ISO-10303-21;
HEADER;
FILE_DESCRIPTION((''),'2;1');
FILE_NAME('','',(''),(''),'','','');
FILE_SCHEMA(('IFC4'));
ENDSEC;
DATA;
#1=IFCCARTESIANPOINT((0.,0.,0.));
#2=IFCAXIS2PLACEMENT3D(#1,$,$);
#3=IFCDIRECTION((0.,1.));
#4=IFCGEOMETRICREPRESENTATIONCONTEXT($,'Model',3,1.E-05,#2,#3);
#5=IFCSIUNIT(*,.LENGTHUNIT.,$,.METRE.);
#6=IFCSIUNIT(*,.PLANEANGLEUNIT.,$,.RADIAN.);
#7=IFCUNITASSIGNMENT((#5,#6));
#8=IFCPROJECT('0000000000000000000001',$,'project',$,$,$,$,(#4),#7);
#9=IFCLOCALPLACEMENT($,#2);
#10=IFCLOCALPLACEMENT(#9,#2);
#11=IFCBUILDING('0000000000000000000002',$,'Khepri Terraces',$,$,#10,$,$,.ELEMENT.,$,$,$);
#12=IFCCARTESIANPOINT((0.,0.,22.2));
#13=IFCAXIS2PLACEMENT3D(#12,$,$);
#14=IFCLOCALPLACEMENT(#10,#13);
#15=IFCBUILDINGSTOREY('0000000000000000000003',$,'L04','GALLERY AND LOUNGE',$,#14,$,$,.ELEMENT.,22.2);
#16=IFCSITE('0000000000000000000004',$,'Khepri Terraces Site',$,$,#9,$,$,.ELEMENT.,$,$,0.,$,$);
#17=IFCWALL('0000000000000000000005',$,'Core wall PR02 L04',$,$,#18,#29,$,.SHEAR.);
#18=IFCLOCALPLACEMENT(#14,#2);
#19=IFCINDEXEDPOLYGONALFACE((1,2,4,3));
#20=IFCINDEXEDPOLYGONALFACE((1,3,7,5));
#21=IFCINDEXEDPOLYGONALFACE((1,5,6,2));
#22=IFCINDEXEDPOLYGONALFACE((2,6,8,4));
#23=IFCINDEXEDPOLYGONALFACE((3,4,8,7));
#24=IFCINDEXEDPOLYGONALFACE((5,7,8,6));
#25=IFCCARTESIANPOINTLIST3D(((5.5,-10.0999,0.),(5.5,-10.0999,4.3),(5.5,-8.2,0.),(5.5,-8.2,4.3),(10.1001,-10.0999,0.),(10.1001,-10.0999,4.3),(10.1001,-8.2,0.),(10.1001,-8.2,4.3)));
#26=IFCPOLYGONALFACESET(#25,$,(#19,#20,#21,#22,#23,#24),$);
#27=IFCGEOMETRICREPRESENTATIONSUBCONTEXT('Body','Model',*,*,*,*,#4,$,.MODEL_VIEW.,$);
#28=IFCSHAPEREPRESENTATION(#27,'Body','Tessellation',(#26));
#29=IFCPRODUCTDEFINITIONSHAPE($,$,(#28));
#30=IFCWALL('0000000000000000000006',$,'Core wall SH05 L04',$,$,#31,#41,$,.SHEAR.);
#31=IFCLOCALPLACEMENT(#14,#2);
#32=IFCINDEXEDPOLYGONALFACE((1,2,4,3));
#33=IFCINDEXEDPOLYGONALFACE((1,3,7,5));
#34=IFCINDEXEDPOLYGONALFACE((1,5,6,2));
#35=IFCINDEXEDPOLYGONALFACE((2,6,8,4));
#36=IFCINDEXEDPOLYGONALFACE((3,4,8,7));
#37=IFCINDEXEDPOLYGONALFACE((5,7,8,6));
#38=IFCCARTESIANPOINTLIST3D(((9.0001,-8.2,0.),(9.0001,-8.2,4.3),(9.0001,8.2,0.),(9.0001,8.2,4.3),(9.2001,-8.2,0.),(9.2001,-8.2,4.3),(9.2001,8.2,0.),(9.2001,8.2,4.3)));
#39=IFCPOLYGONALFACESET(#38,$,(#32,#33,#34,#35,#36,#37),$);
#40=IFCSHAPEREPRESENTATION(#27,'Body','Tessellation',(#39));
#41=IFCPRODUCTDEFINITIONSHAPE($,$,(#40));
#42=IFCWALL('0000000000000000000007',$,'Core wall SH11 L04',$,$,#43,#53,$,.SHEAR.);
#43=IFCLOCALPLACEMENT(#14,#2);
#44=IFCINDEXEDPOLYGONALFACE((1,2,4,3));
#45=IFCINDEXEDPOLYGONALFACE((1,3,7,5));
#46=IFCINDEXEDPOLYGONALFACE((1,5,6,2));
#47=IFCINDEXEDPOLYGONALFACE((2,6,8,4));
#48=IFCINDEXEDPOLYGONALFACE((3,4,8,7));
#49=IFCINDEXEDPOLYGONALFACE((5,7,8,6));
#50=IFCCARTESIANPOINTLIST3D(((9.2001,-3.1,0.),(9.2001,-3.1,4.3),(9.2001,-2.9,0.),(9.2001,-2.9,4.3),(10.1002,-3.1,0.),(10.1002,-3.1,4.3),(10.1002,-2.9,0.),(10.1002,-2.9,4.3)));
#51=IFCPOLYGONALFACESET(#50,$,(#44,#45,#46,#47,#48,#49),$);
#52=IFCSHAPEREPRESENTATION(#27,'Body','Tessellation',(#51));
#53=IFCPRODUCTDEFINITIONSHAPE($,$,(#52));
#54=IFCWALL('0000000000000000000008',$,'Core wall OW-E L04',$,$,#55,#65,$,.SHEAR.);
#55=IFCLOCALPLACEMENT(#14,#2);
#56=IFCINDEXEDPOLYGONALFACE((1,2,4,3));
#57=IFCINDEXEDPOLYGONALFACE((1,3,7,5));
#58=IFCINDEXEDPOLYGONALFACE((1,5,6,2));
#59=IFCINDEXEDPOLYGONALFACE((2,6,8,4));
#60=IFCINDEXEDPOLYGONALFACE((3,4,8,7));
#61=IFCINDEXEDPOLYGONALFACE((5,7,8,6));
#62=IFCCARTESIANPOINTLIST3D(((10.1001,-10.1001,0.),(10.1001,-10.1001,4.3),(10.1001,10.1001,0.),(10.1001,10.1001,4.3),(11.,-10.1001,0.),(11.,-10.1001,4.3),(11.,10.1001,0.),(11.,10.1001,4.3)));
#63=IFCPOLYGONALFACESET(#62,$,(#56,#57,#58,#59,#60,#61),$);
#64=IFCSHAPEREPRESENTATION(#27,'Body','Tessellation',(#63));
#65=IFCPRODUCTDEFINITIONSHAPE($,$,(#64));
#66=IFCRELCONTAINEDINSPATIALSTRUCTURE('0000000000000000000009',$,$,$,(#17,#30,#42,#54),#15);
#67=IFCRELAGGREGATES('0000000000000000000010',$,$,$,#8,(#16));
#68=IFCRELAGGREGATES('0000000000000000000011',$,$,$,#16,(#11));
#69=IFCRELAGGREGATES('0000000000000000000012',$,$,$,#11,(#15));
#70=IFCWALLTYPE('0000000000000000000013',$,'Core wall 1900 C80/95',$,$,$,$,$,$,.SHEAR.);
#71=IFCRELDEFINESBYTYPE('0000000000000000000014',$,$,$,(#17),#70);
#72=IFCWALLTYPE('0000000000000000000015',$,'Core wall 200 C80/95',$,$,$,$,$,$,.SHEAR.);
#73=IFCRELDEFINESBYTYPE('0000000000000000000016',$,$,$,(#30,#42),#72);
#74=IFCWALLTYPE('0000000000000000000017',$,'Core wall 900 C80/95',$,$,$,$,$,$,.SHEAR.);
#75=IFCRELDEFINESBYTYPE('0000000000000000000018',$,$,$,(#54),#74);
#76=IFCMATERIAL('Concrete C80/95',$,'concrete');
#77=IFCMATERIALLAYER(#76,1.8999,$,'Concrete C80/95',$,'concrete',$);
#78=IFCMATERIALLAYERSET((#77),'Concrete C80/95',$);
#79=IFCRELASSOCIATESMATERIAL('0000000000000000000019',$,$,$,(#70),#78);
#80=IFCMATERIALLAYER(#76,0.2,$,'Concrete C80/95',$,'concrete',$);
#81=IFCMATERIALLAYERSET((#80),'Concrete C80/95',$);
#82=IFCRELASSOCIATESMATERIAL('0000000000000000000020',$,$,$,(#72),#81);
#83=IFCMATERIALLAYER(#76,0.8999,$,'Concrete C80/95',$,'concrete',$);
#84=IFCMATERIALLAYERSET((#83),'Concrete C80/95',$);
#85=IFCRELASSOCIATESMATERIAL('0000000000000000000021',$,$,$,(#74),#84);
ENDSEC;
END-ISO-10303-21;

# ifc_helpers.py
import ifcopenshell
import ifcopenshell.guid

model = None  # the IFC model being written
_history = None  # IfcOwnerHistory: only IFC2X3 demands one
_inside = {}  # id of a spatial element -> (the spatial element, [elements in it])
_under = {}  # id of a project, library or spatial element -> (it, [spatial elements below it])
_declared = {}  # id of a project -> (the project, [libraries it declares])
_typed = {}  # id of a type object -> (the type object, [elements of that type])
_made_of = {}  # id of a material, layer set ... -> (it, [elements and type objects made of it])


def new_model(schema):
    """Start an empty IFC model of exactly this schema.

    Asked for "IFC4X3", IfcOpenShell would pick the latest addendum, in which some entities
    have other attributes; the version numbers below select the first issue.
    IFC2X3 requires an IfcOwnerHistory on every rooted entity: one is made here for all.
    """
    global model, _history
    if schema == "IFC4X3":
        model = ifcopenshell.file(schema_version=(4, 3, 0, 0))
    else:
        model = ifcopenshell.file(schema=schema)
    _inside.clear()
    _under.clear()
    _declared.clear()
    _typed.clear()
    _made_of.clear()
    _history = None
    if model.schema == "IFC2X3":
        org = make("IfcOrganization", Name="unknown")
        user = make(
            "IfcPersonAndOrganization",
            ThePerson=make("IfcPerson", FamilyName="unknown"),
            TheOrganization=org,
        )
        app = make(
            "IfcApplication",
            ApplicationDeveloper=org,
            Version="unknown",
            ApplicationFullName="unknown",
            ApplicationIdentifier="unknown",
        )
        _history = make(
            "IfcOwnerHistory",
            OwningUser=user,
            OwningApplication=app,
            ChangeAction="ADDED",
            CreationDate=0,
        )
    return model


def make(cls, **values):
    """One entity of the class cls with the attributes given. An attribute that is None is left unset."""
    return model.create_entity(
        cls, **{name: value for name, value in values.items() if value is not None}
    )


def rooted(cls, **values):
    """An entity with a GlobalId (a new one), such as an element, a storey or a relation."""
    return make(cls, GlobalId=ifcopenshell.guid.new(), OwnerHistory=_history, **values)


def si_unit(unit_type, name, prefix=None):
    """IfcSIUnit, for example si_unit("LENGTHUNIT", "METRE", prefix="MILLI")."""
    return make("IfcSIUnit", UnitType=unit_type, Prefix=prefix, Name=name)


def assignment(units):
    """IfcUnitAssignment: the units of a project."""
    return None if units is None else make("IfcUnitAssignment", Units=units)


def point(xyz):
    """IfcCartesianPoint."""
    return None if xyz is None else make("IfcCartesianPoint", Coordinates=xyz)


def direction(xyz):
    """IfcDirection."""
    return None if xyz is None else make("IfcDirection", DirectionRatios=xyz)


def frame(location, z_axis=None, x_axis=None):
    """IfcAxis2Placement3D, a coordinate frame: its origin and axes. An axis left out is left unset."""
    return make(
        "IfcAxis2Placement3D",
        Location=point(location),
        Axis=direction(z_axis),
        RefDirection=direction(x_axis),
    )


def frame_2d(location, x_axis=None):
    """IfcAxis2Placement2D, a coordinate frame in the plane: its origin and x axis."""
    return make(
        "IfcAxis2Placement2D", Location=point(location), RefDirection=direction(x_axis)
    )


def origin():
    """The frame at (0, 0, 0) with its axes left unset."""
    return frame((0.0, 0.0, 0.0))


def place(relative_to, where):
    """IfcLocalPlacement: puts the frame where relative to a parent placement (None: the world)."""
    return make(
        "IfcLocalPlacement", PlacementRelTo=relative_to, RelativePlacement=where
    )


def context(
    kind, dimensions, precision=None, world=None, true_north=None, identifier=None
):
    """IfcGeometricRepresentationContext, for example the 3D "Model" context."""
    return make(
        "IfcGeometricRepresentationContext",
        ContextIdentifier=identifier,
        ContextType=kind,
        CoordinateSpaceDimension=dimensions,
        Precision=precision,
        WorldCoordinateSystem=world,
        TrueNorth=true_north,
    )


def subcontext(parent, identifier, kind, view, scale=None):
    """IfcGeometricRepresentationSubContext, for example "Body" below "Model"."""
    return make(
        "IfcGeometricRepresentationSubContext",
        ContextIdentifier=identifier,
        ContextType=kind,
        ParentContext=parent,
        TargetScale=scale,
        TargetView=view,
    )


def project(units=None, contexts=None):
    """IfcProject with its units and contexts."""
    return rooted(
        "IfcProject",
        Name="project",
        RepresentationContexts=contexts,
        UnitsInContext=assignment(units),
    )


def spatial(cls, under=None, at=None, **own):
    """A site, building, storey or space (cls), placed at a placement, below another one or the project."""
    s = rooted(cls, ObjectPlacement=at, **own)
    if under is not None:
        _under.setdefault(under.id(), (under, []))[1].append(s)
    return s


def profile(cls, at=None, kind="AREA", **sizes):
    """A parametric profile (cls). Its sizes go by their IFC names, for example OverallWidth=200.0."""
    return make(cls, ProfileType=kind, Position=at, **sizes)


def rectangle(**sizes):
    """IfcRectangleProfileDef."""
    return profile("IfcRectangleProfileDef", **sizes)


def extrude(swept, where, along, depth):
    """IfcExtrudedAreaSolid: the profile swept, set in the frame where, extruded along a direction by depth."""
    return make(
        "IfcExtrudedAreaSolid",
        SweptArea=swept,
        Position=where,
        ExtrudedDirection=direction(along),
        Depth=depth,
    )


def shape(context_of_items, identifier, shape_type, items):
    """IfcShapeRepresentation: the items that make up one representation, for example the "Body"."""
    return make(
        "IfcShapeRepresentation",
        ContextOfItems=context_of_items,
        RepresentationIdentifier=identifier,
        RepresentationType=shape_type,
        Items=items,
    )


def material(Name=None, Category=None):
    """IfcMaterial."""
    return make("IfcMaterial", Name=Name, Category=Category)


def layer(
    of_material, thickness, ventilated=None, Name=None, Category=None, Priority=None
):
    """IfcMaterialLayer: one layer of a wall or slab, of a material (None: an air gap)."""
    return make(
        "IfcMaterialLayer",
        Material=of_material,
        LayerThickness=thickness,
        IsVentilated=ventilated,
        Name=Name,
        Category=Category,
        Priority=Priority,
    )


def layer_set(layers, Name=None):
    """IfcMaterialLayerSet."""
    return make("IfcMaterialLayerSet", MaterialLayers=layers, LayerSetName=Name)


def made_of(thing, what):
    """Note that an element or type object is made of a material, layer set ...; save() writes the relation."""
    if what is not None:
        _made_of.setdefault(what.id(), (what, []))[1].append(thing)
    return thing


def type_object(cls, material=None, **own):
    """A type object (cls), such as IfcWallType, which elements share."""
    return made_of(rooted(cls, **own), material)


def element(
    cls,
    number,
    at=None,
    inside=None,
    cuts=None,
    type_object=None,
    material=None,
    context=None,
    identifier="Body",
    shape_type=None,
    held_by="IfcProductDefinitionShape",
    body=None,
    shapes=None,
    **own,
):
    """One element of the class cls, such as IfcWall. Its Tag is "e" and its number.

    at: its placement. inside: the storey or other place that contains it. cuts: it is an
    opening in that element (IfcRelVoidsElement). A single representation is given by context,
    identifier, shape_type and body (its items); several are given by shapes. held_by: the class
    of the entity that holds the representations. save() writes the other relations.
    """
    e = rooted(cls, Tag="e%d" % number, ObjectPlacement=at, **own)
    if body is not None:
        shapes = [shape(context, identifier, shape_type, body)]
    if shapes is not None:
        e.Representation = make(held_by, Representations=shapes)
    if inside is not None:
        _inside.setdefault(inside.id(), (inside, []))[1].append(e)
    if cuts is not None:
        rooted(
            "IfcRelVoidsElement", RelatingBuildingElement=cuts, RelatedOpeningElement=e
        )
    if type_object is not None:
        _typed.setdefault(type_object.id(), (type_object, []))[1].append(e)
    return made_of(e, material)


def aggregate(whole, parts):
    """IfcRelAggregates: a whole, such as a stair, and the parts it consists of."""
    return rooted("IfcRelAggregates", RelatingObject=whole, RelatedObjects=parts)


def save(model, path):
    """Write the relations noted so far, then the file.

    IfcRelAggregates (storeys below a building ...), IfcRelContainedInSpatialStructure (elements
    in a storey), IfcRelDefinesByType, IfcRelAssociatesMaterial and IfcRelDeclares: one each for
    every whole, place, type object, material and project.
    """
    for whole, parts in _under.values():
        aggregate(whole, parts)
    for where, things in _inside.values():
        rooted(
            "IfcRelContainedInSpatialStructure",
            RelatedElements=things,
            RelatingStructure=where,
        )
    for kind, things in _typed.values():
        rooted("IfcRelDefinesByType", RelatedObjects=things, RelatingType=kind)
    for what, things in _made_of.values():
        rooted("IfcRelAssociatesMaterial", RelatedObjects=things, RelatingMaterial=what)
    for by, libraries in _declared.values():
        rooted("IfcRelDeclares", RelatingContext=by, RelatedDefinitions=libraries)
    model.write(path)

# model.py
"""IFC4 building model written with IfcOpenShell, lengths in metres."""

from ifc_helpers import new_model, si_unit, direction, frame, frame_2d, origin, place, context, subcontext, project, spatial, rectangle, extrude, material, layer, layer_set, type_object, element, save


model = new_model("IFC4")

# Units and contexts
model_context = context("Model", 3, precision=1e-05, world=origin(), true_north=direction((0.0, 1.0)))
body_context = subcontext(model_context, "Body", "Model", "MODEL_VIEW")
ifc_project = project(units=[si_unit("LENGTHUNIT", "METRE"), si_unit("PLANEANGLEUNIT", "RADIAN")], contexts=[model_context])

# Site, building, storey
site_placement = place(None, origin())
site = spatial("IfcSite", under=ifc_project, at=site_placement, Name="Khepri Terraces Site", CompositionType="ELEMENT", RefElevation=0.0)
building_placement = place(site_placement, origin())
building = spatial("IfcBuilding", under=site, at=building_placement, Name="Khepri Terraces", CompositionType="ELEMENT")
storey_placement = place(building_placement, frame((0.0, 0.0, 22.2)))
storey = spatial("IfcBuildingStorey", under=building, at=storey_placement, Name="L04", Description="GALLERY AND LOUNGE", CompositionType="ELEMENT", Elevation=22.2)

# Walls
ifc_material_1 = material(Name="Concrete C80/95", Category="concrete")
ifc_layer_1 = layer(ifc_material_1, 1.8999, Name="Concrete C80/95", Category="concrete")
ifc_layer_set_1 = layer_set([ifc_layer_1], Name="Concrete C80/95")
wall_type_1 = type_object("IfcWallType", Name="Core wall 1900 C80/95", PredefinedType="SHEAR", material=ifc_layer_set_1)
wall_1_placement = place(storey_placement, frame((5.5, -9.1499, 0.0), z_axis=(0.0, 0.0, 1.0), x_axis=(1.0, 0.0, 0.0)))
element("IfcWall", 1, at=wall_1_placement, inside=storey, type_object=wall_type_1, Name="Core wall PR02 L04", PredefinedType="SHEAR", context=body_context, shape_type="SweptSolid", body=[
    extrude(rectangle(XDim=4.6001, YDim=1.8999, at=frame_2d((2.3, 0.0))), origin(), (0.0, 0.0, 1.0), 4.3),
])
ifc_layer_2 = layer(ifc_material_1, 0.2, Name="Concrete C80/95", Category="concrete")
ifc_layer_set_2 = layer_set([ifc_layer_2], Name="Concrete C80/95")
wall_type_2 = type_object("IfcWallType", Name="Core wall 200 C80/95", PredefinedType="SHEAR", material=ifc_layer_set_2)
wall_2_placement = place(storey_placement, frame((9.1001, -8.2, 0.0), z_axis=(0.0, 0.0, 1.0), x_axis=(0.0, 1.0, 0.0)))
element("IfcWall", 2, at=wall_2_placement, inside=storey, type_object=wall_type_2, Name="Core wall SH05 L04", PredefinedType="SHEAR", context=body_context, shape_type="SweptSolid", body=[
    extrude(rectangle(XDim=16.3999, YDim=0.2, at=frame_2d((8.2, 0.0))), origin(), (0.0, 0.0, 1.0), 4.3),
])
wall_3_placement = place(storey_placement, frame((9.2, -3.0, 0.0), z_axis=(0.0, 0.0, 1.0), x_axis=(1.0, 0.0, 0.0)))
element("IfcWall", 3, at=wall_3_placement, inside=storey, type_object=wall_type_2, Name="Core wall SH11 L04", PredefinedType="SHEAR", context=body_context, shape_type="SweptSolid", body=[
    extrude(rectangle(XDim=0.9001, YDim=0.2, at=frame_2d((0.4502, 0.0))), origin(), (0.0, 0.0, 1.0), 4.3),
])
ifc_layer_3 = layer(ifc_material_1, 0.8999, Name="Concrete C80/95", Category="concrete")
ifc_layer_set_3 = layer_set([ifc_layer_3], Name="Concrete C80/95")
wall_type_3 = type_object("IfcWallType", Name="Core wall 900 C80/95", PredefinedType="SHEAR", material=ifc_layer_set_3)
wall_4_placement = place(storey_placement, frame((10.55, -10.1001, 0.0), z_axis=(0.0, 0.0, 1.0), x_axis=(0.0, 1.0, 0.0)))
element("IfcWall", 4, at=wall_4_placement, inside=storey, type_object=wall_type_3, Name="Core wall OW-E L04", PredefinedType="SHEAR", context=body_context, shape_type="SweptSolid", body=[
    extrude(rectangle(XDim=20.2002, YDim=0.8999, at=frame_2d((10.1001, 0.0))), origin(), (0.0, 0.0, 1.0), 4.3),
])

save(model, "model.ifc")
